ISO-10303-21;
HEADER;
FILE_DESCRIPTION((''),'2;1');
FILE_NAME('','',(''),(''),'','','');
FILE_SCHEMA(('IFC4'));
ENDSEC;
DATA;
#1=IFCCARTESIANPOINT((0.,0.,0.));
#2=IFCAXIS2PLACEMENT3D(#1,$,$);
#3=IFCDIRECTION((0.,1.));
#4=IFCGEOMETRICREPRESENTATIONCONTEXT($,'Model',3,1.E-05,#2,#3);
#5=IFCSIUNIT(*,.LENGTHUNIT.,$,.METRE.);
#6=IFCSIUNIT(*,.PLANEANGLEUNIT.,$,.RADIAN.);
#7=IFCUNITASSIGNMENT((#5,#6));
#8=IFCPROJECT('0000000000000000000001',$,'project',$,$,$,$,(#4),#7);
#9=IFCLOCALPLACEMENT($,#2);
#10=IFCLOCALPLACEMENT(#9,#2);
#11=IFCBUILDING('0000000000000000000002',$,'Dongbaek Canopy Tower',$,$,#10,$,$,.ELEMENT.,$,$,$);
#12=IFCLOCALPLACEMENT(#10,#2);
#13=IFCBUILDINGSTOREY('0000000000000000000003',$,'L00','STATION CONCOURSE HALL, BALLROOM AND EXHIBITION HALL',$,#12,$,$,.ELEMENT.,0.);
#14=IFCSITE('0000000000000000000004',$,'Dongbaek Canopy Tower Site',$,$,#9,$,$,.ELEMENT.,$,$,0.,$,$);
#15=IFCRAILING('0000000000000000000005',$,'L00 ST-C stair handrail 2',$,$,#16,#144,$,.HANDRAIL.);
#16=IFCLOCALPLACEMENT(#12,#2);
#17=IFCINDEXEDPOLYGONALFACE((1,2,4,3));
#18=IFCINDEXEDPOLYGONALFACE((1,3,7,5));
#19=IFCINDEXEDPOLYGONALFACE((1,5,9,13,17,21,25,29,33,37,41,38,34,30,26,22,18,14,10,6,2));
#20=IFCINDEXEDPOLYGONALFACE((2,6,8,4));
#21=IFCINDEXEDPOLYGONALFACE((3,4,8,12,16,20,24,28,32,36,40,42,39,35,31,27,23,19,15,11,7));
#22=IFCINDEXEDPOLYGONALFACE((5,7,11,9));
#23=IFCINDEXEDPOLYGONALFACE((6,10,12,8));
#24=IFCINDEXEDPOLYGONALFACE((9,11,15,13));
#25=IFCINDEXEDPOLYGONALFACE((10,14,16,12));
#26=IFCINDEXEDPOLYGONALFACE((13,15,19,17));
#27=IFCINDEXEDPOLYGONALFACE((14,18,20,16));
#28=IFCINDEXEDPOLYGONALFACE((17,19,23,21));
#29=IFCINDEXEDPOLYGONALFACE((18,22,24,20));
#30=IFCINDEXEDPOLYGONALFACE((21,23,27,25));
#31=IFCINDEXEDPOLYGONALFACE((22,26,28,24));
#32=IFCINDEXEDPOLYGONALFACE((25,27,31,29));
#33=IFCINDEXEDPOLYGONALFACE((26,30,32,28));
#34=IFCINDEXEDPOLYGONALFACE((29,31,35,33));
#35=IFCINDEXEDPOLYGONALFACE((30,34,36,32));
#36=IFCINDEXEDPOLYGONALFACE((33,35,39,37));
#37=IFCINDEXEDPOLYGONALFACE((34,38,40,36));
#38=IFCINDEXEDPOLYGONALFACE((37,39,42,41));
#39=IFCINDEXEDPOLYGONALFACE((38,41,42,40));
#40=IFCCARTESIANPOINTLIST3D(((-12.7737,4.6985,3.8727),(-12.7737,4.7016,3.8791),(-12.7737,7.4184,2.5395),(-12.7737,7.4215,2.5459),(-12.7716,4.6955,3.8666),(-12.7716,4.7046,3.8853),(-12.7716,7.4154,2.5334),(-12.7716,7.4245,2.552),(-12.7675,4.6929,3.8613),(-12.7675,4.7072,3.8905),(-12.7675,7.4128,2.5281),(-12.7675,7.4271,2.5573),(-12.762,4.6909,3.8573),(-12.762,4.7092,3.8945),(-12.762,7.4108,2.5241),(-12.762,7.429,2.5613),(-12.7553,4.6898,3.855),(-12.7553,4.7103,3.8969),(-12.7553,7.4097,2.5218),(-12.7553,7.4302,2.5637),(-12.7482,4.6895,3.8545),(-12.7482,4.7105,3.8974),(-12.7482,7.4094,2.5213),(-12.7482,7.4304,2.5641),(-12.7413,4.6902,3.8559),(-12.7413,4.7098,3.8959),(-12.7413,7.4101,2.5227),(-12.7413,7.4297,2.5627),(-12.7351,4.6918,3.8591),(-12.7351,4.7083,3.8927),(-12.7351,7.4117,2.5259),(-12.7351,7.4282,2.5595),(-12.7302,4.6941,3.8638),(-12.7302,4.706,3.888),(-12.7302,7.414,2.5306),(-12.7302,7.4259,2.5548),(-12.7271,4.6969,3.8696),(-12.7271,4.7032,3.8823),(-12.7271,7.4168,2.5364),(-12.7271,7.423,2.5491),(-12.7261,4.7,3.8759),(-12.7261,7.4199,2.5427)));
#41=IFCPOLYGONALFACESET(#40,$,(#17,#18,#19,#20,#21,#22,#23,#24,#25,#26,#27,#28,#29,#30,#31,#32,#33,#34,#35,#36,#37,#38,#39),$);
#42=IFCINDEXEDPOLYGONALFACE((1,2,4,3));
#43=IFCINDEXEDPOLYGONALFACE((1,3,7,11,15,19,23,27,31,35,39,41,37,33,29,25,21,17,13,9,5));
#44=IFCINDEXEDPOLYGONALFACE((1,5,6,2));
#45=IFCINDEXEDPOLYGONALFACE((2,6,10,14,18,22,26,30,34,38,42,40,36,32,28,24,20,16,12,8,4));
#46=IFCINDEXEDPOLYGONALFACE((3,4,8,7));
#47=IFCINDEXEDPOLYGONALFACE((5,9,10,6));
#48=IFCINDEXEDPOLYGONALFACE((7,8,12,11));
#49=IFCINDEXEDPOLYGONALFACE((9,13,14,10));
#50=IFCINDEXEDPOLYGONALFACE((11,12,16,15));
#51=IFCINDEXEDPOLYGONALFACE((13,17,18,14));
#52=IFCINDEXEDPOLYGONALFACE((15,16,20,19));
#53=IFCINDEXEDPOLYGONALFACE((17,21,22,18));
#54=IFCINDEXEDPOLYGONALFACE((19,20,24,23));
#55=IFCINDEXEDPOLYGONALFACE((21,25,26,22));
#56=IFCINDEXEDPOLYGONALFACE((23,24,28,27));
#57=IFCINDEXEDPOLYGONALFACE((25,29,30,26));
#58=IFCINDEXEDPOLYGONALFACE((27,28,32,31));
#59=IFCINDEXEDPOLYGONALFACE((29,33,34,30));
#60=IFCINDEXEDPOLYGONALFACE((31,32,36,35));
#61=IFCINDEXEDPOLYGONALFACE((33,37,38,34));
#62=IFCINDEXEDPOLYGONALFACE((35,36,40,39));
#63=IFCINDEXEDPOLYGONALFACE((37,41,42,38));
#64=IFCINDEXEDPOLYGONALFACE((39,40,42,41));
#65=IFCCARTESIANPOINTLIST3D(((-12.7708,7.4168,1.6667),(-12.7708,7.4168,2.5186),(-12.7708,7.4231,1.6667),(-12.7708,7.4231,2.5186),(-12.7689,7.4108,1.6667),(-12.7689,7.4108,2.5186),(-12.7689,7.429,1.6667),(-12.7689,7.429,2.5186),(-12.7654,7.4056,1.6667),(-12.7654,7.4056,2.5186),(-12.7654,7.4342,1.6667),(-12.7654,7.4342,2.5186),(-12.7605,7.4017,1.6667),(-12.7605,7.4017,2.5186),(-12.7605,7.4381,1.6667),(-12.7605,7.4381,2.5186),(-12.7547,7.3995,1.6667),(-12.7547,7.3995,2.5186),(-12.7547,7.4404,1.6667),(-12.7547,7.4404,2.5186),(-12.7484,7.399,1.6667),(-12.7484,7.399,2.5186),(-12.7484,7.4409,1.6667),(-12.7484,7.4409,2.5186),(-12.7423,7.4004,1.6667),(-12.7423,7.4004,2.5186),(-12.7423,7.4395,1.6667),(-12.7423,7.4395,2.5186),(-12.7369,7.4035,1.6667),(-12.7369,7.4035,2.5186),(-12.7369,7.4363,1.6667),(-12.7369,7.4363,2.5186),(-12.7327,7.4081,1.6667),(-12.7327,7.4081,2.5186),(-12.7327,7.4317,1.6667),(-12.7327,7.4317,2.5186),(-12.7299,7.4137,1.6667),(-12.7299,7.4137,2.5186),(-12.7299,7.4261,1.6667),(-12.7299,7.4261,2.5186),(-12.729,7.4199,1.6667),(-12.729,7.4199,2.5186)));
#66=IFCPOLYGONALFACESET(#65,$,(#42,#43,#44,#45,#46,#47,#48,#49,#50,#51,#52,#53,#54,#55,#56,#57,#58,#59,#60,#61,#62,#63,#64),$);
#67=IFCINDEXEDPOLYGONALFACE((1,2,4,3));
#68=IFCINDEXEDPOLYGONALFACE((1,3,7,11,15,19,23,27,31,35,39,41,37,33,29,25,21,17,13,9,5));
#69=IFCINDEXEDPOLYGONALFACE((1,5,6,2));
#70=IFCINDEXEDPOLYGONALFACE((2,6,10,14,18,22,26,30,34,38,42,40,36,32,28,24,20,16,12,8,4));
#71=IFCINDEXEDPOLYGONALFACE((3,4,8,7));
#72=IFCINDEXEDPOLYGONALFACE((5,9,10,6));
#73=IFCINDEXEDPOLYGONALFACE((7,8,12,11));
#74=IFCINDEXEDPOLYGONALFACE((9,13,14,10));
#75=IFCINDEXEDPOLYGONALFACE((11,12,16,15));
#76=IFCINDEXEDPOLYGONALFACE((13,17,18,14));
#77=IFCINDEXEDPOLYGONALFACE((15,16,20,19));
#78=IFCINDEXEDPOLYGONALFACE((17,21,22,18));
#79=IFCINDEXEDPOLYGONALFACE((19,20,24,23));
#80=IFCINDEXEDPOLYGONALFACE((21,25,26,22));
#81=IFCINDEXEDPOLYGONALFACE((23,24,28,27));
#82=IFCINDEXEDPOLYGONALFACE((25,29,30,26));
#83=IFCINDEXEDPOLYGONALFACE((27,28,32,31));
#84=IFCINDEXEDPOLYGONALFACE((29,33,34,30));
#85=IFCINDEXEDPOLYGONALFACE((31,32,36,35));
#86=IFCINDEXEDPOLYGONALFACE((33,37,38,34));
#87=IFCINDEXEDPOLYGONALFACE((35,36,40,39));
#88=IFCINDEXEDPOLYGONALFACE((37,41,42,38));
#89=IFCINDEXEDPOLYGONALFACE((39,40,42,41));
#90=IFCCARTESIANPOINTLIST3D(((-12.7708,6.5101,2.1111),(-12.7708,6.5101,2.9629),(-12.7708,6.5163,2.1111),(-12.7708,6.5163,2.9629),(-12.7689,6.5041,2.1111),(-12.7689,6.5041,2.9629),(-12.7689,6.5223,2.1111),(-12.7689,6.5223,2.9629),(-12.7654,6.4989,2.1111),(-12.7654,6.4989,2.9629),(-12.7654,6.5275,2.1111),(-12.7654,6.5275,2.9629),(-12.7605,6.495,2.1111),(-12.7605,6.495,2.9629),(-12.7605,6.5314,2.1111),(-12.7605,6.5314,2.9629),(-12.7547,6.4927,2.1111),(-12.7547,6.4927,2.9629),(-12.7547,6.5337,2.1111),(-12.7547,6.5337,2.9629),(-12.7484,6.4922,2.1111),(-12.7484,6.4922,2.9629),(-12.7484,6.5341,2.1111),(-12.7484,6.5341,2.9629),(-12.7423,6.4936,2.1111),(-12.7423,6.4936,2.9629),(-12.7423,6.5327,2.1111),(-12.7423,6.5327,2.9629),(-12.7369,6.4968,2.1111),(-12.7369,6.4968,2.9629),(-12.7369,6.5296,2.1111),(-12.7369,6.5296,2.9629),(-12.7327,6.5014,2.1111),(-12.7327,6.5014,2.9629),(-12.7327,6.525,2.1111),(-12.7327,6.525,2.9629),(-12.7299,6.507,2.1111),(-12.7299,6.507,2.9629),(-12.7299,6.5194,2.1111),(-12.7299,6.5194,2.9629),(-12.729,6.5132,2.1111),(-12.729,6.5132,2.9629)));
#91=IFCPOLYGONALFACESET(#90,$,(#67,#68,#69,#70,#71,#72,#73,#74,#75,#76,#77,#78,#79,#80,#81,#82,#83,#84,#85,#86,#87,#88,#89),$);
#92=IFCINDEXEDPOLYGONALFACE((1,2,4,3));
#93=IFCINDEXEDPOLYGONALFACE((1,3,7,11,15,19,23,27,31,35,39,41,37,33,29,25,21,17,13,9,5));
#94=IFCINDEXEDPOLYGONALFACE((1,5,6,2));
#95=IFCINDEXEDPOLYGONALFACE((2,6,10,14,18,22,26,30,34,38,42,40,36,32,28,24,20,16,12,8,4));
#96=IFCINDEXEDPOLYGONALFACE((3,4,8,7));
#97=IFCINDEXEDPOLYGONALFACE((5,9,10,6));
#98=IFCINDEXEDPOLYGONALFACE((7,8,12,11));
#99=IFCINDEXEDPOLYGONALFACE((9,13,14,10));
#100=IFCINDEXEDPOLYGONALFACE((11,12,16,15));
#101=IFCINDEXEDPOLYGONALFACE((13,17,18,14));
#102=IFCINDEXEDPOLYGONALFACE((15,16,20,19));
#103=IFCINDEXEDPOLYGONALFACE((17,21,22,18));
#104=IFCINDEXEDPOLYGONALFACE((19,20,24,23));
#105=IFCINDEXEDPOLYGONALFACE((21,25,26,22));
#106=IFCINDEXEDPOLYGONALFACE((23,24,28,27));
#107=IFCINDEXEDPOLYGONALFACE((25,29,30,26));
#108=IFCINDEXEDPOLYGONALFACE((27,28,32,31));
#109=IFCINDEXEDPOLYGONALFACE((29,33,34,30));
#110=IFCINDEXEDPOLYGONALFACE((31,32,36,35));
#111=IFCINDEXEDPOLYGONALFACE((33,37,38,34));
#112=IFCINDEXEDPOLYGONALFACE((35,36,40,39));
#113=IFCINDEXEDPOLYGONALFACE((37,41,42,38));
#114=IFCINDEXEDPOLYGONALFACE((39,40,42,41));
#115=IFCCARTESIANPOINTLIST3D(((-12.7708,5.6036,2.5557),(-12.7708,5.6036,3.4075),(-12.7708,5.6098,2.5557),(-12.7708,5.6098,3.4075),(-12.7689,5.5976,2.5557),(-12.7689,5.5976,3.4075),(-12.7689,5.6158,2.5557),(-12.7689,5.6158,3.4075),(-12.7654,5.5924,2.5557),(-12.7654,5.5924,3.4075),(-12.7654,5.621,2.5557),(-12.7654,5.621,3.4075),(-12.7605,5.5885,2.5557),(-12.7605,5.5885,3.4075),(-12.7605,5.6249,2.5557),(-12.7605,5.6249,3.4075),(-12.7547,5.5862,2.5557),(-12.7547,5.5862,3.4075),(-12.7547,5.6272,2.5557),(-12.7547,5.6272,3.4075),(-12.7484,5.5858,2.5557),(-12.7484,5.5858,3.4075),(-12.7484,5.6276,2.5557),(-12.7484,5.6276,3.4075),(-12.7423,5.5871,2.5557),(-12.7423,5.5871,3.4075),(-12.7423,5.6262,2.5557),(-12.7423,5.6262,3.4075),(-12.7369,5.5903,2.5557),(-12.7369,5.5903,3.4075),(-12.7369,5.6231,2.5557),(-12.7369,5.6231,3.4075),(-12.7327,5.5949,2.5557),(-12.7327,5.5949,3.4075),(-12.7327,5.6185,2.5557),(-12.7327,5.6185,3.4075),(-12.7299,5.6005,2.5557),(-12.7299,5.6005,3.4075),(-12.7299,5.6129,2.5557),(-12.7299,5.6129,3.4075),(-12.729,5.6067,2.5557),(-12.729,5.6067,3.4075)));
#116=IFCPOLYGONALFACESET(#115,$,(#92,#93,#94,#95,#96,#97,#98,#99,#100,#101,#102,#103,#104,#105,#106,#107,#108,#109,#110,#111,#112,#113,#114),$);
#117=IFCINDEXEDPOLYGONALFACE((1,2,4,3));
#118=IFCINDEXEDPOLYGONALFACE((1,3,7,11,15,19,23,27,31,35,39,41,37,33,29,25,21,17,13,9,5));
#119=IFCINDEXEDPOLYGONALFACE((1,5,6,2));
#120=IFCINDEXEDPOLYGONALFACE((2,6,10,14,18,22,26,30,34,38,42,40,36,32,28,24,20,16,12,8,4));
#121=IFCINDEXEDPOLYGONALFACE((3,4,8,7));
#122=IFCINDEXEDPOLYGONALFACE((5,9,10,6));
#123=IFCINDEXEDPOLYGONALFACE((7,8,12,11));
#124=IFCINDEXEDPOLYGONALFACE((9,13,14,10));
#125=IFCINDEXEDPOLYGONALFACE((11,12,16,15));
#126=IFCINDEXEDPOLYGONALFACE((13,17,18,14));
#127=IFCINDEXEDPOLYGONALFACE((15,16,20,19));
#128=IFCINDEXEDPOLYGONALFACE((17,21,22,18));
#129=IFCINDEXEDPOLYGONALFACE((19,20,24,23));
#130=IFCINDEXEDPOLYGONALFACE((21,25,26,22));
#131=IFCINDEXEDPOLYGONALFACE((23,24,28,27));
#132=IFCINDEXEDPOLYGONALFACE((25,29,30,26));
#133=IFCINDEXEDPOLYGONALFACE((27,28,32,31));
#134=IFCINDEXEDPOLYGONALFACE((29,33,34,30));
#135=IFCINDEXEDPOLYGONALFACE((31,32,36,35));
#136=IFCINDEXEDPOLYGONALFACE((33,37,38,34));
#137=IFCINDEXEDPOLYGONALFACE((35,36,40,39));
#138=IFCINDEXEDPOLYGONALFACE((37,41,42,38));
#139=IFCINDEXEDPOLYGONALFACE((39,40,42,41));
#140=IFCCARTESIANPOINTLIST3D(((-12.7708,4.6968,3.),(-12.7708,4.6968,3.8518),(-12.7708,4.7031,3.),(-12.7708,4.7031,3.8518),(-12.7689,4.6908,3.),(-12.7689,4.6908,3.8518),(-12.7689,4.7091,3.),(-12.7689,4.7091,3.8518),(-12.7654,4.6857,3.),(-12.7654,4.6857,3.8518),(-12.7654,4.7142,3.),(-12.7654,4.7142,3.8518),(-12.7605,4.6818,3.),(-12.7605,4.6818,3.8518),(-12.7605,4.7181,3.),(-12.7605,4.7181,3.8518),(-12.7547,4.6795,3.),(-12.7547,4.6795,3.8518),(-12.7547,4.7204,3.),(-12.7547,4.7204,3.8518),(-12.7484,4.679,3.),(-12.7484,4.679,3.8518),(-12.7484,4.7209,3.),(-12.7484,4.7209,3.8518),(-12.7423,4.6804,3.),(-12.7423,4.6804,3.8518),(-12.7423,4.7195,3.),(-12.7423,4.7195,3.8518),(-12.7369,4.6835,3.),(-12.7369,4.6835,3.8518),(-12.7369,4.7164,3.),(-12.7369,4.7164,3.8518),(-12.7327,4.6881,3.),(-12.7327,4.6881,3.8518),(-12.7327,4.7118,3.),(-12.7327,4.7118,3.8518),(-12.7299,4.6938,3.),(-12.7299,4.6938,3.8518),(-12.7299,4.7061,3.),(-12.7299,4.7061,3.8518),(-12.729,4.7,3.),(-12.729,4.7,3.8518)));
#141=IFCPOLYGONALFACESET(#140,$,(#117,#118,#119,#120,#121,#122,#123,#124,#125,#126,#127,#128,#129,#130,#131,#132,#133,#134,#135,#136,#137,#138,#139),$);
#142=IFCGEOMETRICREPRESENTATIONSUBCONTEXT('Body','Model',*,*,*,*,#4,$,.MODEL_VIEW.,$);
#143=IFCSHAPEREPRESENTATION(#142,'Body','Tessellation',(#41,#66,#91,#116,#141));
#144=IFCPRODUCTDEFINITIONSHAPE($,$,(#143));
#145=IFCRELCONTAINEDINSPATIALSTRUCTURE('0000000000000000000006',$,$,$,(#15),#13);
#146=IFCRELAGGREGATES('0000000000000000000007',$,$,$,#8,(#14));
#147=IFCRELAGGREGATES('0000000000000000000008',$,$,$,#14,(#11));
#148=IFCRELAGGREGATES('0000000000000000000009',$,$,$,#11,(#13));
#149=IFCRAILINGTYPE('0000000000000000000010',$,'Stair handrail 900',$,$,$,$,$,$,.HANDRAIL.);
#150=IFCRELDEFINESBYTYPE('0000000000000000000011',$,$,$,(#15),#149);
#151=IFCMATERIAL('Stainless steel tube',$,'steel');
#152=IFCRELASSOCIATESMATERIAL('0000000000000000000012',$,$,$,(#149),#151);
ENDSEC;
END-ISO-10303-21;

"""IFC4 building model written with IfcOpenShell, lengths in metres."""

from ifc_helpers import new_model, si_unit, direction, frame, origin, origin_2d, place, context, subcontext, project, spatial, circle, extrude, material, type_object, element, save


model = new_model("IFC4")

# Units and contexts
model_context = context("Model", 3, precision=1e-05, world=origin(), true_north=direction((0.0, 1.0)))
body_context = subcontext(model_context, "Body", "Model", "MODEL_VIEW")
ifc_project = project(units=[si_unit("LENGTHUNIT", "METRE"), si_unit("PLANEANGLEUNIT", "RADIAN")], contexts=[model_context])

# Site, building, storey
site_placement = place(None, origin())
site = spatial("IfcSite", under=ifc_project, at=site_placement, Name="Dongbaek Canopy Tower Site", CompositionType="ELEMENT", RefElevation=0.0)
building_placement = place(site_placement, origin())
building = spatial("IfcBuilding", under=site, at=building_placement, Name="Dongbaek Canopy Tower", CompositionType="ELEMENT")
storey_placement = place(building_placement, origin())
storey = spatial("IfcBuildingStorey", under=building, at=storey_placement, Name="L00", Description="STATION CONCOURSE HALL, BALLROOM AND EXHIBITION HALL", CompositionType="ELEMENT", Elevation=0.0)

# Railing
ifc_material_1 = material(Name="Stainless steel tube", Category="steel")
railing_type_1 = type_object("IfcRailingType", Name="Stair handrail 900", PredefinedType="HANDRAIL", material=ifc_material_1)
for number, where, name in (
    (1, (-12.75, 7.4199, 1.6667), "L00 ST-C stair handrail 2"),
):
    element("IfcRailing", number, at=place(storey_placement, frame(where)), inside=storey, type_object=railing_type_1, Name=name, PredefinedType="HANDRAIL", context=body_context, shape_type="SweptSolid", body=[
        extrude(circle(Radius=0.0239, at=origin_2d()), frame((0.0, 0.0, 0.876), z_axis=(0.0, -0.897929, 0.440139), x_axis=(1.0, 0.0, 0.0)), (0.0, 0.0, 1.0), 3.0291),
        extrude(circle(Radius=0.021, at=origin_2d()), origin(), (0.0, 0.0, 1.0), 0.8518),
        extrude(circle(Radius=0.021, at=origin_2d()), frame((0.0, -0.9067, 0.4443)), (0.0, 0.0, 1.0), 0.8518),
        extrude(circle(Radius=0.021, at=origin_2d()), frame((0.0, -1.8132, 0.8889)), (0.0, 0.0, 1.0), 0.8518),
        extrude(circle(Radius=0.021, at=origin_2d()), frame((0.0, -2.72, 1.3333)), (0.0, 0.0, 1.0), 0.8518),
    ])

save(model, "model.ifc")
